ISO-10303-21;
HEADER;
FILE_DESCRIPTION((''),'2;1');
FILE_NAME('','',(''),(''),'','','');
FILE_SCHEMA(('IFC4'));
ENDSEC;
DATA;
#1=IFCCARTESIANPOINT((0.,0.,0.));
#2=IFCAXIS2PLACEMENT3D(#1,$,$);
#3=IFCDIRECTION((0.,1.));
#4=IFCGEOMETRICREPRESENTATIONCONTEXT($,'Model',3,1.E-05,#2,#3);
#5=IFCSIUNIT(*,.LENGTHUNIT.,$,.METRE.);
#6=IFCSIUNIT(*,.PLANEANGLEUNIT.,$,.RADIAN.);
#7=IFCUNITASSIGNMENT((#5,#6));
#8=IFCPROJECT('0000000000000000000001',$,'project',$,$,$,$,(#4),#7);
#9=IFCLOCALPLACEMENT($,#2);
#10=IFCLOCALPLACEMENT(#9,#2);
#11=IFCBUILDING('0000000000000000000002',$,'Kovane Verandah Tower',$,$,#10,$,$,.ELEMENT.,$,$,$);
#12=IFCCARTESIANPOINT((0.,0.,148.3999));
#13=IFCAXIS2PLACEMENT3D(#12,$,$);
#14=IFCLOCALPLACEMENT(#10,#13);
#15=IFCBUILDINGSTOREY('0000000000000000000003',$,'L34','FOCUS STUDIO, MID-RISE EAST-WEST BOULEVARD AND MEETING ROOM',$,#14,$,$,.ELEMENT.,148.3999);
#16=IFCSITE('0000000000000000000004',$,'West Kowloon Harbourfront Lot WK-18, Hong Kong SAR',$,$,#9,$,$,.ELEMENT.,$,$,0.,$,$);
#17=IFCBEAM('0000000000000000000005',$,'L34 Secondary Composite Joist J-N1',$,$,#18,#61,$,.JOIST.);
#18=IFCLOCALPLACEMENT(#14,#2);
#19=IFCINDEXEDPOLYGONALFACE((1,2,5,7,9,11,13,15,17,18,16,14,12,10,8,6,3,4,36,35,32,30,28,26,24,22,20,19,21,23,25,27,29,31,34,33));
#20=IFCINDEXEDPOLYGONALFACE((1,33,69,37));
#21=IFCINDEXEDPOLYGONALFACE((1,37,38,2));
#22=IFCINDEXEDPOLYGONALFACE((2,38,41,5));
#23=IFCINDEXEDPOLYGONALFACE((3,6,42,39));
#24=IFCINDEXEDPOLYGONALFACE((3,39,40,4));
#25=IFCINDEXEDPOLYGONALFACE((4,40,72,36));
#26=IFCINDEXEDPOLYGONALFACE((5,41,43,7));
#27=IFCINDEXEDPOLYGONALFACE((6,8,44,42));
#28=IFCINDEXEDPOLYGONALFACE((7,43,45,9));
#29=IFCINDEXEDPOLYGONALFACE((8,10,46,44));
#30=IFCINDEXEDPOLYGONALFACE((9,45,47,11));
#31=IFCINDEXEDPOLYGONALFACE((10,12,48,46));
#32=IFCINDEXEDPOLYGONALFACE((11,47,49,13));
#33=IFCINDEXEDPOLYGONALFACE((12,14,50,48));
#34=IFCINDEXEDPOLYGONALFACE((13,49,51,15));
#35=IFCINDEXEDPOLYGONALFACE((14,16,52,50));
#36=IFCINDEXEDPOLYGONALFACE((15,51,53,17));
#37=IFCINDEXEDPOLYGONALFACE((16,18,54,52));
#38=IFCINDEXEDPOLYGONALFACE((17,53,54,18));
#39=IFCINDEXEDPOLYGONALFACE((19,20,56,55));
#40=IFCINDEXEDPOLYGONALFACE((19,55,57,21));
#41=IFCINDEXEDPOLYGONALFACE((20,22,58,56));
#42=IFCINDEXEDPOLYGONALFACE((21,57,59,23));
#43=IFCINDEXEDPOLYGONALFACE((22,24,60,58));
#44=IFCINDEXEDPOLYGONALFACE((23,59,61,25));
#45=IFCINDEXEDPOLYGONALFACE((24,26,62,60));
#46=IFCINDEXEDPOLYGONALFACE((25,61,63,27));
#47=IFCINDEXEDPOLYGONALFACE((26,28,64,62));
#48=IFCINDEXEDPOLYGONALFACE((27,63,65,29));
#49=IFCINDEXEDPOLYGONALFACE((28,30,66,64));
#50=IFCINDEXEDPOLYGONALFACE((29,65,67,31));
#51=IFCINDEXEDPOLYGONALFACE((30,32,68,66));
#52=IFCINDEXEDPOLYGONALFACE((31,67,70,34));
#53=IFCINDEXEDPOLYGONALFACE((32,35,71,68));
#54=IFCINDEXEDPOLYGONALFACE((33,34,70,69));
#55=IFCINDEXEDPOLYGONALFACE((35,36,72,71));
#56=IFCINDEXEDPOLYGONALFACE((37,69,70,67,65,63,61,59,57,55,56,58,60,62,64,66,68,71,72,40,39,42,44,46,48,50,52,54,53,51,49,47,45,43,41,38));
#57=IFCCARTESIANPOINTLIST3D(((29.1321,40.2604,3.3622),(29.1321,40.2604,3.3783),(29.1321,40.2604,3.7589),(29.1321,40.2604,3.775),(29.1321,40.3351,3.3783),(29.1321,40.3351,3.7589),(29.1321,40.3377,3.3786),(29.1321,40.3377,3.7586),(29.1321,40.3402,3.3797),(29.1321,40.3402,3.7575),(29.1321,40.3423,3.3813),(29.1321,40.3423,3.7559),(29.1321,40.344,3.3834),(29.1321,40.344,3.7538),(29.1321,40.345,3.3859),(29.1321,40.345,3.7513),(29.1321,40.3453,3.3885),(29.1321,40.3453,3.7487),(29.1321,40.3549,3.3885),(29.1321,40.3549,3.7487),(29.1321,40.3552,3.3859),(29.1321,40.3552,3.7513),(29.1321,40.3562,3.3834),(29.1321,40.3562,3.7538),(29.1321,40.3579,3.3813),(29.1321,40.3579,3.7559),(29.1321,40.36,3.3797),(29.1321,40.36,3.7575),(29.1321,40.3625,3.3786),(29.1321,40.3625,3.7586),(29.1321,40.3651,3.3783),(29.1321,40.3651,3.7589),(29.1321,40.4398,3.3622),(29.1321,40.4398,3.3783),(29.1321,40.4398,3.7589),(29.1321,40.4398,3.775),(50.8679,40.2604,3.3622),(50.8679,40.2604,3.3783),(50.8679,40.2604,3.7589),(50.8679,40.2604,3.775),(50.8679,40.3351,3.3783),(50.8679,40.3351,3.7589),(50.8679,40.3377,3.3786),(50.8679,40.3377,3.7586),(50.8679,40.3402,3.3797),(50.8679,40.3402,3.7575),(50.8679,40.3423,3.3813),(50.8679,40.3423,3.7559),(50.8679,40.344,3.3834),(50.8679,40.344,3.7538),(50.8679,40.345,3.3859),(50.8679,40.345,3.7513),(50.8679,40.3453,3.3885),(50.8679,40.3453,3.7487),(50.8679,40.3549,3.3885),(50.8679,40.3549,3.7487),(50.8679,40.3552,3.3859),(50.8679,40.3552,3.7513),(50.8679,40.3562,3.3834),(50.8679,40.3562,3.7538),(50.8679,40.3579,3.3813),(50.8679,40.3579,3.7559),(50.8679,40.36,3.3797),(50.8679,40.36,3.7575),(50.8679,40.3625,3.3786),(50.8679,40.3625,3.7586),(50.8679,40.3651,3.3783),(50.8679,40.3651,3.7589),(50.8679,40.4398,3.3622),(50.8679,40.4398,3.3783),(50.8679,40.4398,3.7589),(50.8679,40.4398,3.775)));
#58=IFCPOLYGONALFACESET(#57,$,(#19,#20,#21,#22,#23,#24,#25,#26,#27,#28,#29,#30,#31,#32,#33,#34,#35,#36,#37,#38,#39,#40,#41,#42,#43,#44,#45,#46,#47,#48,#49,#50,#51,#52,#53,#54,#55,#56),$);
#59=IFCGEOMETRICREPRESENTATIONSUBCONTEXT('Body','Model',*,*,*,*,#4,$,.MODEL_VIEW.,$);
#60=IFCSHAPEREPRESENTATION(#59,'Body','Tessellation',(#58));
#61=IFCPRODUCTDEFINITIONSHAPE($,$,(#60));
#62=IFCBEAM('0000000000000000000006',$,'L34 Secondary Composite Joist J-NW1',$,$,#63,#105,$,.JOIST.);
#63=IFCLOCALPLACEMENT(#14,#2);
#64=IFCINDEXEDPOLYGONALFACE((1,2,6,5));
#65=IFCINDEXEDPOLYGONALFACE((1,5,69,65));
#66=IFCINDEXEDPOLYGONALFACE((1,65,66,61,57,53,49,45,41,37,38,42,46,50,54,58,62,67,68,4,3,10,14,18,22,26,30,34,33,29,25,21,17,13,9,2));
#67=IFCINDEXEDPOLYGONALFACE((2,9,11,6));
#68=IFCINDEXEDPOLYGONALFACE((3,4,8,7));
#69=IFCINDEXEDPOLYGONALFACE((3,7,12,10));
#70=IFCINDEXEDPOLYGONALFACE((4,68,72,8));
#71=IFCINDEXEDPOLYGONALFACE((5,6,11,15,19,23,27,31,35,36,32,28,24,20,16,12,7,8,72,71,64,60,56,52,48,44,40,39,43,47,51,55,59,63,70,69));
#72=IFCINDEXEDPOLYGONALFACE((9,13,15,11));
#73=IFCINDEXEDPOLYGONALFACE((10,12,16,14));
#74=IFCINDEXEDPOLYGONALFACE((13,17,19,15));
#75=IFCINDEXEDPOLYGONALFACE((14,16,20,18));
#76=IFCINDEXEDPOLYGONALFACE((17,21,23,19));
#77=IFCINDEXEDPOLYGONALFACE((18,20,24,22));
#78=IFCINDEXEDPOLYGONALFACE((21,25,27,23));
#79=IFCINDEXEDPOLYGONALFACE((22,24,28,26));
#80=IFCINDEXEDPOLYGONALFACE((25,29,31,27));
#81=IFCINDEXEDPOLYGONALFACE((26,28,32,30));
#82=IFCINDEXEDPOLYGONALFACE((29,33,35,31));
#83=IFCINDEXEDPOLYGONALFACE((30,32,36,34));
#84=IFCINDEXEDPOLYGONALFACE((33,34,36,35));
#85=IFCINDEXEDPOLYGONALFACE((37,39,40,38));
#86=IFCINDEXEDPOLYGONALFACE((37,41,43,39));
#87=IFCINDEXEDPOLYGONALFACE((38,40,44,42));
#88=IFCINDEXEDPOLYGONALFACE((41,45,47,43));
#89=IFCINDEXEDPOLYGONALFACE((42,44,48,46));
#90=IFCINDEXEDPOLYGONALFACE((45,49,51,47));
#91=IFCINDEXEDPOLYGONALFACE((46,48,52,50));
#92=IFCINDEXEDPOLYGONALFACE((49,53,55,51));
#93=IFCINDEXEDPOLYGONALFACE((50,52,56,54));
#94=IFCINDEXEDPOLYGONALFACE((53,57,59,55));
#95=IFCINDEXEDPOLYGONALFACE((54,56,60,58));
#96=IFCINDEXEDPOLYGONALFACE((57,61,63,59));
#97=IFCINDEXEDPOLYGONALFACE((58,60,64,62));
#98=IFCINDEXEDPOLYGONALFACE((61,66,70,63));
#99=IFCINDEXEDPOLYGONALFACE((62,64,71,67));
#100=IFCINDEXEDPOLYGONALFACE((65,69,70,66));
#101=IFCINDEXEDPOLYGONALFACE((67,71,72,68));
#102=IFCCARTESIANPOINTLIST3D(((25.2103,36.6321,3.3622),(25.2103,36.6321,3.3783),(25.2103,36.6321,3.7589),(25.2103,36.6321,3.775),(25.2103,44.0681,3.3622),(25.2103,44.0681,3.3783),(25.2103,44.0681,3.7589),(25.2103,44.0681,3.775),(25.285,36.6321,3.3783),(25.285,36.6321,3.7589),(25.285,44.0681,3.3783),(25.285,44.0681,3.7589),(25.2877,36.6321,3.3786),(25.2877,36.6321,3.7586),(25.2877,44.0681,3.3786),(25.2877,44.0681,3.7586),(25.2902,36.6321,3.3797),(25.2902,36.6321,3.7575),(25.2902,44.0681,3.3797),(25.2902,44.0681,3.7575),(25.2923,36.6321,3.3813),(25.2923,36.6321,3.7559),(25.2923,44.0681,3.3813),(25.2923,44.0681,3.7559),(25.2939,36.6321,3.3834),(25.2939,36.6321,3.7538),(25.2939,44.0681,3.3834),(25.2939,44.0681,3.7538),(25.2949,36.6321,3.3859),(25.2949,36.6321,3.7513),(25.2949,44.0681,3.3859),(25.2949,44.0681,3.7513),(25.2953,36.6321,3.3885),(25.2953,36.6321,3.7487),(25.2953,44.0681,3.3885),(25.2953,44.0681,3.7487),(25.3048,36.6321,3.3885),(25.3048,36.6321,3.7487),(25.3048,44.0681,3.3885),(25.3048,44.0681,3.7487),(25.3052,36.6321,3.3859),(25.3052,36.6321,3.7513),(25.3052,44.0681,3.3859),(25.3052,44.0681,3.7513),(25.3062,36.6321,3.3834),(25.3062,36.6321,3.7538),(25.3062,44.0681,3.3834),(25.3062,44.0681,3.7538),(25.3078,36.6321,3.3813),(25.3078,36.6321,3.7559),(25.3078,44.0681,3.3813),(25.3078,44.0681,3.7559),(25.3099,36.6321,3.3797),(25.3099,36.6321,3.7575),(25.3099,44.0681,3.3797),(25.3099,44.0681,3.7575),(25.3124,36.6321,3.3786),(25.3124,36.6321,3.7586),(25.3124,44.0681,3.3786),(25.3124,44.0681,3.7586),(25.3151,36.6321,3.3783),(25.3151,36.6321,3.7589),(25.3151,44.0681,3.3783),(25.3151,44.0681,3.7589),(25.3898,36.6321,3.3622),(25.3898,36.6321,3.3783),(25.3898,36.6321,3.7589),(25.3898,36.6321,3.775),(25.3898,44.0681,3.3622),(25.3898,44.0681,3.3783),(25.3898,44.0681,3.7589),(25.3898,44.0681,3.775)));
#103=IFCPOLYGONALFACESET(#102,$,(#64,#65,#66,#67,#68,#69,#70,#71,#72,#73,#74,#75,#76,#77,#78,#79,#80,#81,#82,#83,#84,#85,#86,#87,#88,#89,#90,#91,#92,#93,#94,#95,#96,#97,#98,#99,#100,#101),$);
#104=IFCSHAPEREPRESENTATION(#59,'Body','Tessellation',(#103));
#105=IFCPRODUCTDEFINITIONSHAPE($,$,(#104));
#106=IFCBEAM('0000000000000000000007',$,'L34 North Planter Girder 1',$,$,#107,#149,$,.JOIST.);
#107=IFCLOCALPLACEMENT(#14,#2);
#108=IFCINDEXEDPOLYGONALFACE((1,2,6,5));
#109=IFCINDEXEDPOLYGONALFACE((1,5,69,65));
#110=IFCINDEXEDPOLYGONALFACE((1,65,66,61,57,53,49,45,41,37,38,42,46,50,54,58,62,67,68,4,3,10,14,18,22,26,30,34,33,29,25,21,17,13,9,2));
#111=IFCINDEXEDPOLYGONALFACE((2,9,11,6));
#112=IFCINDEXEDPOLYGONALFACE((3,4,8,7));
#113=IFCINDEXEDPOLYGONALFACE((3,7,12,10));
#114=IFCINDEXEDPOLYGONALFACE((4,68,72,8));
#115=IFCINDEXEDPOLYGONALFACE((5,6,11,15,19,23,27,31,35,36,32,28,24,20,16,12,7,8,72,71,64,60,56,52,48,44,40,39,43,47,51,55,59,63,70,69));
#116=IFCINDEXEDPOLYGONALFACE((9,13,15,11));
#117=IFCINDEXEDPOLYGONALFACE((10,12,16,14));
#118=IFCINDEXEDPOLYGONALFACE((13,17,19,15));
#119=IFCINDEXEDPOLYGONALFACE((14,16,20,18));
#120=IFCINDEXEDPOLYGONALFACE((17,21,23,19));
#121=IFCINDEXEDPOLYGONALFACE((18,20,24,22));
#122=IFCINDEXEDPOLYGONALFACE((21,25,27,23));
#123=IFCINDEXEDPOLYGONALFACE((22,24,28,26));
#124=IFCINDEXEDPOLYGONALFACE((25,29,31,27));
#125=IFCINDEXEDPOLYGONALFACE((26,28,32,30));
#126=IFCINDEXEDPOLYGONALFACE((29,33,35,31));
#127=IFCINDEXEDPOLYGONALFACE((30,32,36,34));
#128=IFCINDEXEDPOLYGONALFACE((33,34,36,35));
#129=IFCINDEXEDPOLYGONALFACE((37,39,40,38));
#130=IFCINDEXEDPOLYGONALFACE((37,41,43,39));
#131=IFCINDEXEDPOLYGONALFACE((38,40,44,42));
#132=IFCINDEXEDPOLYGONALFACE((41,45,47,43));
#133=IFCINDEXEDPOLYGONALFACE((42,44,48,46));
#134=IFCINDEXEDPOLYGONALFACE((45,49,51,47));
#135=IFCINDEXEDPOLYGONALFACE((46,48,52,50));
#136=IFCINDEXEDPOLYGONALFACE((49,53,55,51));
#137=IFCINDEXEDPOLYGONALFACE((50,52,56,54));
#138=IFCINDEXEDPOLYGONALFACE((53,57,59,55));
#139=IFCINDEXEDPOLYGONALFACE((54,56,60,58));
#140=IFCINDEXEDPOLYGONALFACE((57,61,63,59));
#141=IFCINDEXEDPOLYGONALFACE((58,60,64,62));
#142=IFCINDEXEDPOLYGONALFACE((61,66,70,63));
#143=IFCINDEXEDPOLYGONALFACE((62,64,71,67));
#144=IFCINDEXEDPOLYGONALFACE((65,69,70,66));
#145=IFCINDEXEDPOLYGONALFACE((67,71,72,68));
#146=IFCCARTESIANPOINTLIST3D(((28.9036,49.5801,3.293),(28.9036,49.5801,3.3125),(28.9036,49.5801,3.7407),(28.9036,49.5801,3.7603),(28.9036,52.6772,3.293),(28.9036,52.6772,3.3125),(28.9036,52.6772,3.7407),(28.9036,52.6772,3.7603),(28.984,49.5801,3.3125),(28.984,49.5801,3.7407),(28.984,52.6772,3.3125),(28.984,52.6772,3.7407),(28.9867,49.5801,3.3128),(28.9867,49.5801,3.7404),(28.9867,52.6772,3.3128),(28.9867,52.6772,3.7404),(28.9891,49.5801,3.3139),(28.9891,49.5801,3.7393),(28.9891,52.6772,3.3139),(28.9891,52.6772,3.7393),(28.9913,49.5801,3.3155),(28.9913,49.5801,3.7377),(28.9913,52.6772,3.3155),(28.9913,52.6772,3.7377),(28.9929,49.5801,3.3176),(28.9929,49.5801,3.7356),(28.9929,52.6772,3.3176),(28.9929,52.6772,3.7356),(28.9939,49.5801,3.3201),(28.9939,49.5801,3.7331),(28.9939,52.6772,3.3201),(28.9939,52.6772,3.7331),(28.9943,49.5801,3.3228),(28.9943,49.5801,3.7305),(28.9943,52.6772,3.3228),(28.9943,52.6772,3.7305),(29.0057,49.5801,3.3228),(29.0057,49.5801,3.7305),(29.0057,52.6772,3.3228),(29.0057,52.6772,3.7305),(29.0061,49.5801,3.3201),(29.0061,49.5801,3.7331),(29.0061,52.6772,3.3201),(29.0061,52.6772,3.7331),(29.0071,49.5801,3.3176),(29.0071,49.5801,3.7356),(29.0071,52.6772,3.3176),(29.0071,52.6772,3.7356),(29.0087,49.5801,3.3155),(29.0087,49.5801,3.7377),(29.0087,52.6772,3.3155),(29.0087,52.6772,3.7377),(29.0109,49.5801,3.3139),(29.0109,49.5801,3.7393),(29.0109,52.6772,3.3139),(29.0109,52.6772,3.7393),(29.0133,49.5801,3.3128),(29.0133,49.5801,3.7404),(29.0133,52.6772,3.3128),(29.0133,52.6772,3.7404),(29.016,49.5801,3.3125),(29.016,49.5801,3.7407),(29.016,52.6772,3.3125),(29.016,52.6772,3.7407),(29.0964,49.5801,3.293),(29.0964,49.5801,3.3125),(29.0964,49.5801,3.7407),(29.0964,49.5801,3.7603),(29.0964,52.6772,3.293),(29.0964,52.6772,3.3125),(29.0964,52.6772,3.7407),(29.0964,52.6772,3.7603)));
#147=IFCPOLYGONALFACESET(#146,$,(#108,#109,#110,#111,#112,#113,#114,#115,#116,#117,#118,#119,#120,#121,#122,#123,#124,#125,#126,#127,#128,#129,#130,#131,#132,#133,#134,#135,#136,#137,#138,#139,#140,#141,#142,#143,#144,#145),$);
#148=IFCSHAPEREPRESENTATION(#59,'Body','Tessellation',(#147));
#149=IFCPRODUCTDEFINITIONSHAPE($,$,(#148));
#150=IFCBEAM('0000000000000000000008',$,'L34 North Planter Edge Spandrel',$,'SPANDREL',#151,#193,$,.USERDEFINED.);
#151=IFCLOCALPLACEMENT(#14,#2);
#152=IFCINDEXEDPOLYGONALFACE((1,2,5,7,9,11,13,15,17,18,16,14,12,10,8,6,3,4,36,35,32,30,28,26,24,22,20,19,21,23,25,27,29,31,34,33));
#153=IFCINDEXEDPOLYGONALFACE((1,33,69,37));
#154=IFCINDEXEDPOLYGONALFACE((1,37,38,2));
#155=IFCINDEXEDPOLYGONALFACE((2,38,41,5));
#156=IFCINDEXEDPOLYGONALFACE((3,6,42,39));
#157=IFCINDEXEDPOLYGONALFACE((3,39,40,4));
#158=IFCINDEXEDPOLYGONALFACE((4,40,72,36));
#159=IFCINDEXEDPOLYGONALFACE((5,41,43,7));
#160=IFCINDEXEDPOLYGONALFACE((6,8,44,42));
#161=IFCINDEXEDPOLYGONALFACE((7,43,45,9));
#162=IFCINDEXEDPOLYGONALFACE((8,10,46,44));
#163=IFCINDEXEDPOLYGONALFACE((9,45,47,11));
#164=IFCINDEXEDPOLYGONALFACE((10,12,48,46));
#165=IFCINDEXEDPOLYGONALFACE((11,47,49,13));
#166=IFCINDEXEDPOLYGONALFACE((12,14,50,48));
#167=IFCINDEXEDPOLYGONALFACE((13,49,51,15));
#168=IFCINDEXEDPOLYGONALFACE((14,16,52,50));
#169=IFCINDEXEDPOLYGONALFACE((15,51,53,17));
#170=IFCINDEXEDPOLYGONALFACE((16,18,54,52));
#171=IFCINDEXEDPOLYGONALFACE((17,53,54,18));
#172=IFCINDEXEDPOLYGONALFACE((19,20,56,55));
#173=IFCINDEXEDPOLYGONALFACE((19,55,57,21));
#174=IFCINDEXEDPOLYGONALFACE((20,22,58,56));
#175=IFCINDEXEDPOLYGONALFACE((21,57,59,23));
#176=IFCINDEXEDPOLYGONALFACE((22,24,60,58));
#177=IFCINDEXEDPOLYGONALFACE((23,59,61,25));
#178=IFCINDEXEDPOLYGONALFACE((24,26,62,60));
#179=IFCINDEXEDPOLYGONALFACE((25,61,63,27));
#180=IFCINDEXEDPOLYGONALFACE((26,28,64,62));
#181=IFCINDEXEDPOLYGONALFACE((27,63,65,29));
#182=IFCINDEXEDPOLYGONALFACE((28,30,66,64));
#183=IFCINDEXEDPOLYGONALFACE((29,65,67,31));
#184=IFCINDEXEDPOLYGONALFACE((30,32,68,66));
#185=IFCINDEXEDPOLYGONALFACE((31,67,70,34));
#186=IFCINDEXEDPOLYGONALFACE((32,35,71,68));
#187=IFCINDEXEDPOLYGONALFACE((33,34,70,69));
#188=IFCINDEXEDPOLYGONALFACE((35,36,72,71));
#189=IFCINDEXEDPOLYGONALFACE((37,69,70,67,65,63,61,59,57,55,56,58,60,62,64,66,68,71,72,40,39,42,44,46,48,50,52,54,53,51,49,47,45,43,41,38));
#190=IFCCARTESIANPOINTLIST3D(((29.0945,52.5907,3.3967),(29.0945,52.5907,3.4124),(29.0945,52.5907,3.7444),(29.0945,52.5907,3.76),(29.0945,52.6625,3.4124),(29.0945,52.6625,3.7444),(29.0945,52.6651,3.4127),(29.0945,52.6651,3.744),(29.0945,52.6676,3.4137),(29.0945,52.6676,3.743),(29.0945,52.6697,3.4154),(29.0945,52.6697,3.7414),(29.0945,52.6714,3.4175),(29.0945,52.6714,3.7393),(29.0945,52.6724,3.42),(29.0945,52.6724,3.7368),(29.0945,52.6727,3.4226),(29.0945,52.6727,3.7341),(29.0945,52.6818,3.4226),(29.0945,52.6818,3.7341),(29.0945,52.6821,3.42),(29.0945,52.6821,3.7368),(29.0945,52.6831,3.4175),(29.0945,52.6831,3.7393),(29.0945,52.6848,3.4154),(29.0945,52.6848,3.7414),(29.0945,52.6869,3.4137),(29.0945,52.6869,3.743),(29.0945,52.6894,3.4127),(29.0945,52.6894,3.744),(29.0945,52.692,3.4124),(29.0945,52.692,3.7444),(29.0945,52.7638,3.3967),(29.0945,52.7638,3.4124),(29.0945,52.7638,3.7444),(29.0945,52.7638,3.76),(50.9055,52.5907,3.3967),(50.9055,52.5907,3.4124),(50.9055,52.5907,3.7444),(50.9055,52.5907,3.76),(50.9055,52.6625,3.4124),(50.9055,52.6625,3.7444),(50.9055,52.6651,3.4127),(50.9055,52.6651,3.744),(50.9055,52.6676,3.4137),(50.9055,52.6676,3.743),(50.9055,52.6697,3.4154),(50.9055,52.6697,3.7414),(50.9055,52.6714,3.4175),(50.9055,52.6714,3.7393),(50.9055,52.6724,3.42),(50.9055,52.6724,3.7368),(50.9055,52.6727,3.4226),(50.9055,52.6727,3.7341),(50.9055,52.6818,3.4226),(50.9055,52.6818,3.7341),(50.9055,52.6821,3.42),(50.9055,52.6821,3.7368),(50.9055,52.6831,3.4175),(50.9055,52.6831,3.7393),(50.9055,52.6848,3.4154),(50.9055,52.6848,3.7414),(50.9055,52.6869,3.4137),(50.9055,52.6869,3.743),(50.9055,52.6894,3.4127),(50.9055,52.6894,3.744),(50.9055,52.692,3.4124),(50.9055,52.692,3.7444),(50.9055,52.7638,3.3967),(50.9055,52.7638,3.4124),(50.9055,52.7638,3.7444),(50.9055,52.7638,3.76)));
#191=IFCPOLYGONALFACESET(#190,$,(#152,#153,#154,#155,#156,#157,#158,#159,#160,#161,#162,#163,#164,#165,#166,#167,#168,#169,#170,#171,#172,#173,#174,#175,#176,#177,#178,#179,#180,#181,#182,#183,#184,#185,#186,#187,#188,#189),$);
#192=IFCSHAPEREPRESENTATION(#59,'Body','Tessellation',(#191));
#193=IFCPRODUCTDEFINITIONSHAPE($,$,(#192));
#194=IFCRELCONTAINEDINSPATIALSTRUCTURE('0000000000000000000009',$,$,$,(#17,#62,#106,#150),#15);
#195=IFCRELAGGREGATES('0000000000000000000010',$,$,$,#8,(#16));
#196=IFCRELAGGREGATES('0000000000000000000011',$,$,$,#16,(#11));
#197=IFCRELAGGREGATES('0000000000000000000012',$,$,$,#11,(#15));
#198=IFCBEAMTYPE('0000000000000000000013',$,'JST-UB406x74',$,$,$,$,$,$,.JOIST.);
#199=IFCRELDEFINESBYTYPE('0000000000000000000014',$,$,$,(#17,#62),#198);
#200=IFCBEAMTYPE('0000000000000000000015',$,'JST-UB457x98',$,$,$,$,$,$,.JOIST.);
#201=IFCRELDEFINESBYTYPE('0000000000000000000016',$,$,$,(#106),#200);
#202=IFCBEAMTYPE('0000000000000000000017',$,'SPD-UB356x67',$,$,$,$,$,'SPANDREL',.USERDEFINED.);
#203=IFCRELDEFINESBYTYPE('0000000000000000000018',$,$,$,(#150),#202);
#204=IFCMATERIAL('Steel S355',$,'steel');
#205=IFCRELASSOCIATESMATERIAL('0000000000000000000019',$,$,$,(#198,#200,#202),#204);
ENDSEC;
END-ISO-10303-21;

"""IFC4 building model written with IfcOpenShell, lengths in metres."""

from ifc_helpers import new_model, si_unit, direction, frame, origin, origin_2d, place, context, subcontext, project, spatial, i_section, extrude, material, material_profile, profile_set, type_object, element, save


model = new_model("IFC4")

# Units and contexts
model_context = context("Model", 3, precision=1e-05, world=origin(), true_north=direction((0.0, 1.0)))
body_context = subcontext(model_context, "Body", "Model", "MODEL_VIEW")
ifc_project = project(units=[si_unit("LENGTHUNIT", "METRE"), si_unit("PLANEANGLEUNIT", "RADIAN")], contexts=[model_context])

# Site, building, storey
site_placement = place(None, origin())
site = spatial("IfcSite", under=ifc_project, at=site_placement, Name="West Kowloon Harbourfront Lot WK-18, Hong Kong SAR", CompositionType="ELEMENT", RefElevation=0.0)
building_placement = place(site_placement, origin())
building = spatial("IfcBuilding", under=site, at=building_placement, Name="Kovane Verandah Tower", CompositionType="ELEMENT")
storey_placement = place(building_placement, frame((0.0, 0.0, 148.3999)))
storey = spatial("IfcBuildingStorey", under=building, at=storey_placement, Name="L34", Description="FOCUS STUDIO, MID-RISE EAST-WEST BOULEVARD AND MEETING ROOM", CompositionType="ELEMENT", Elevation=148.3999)

# Beams
ifc_material_1 = material(Name="Steel S355", Category="steel")
ifc_material_profile_1 = material_profile(ifc_material_1, i_section(OverallWidth=0.1794, OverallDepth=0.4128, WebThickness=0.0095, FlangeThickness=0.0161, FilletRadius=0.0103, at=origin_2d()), Name="UB406x178x74")
ifc_profile_set_1 = profile_set([ifc_material_profile_1], Name="Steel S355")
beam_type_1 = type_object("IfcBeamType", Name="JST-UB406x74", PredefinedType="JOIST", material=ifc_profile_set_1)
beam_1_placement = place(storey_placement, frame((29.1321, 40.3501, 3.5686), z_axis=(1.0, 0.0, 0.0), x_axis=(0.0, 1.0, 0.0)))
element("IfcBeam", 1, at=beam_1_placement, inside=storey, type_object=beam_type_1, Name="L34 Secondary Composite Joist J-N1", PredefinedType="JOIST", context=body_context, shape_type="SweptSolid", body=[
    extrude(i_section(OverallWidth=0.1794, OverallDepth=0.4128, WebThickness=0.0095, FlangeThickness=0.0161, FilletRadius=0.0103, at=origin_2d()), origin(), (0.0, 0.0, 1.0), 21.7358),
])
beam_2_placement = place(storey_placement, frame((25.3, 36.6321, 3.5686), z_axis=(0.0, 1.0, 0.0), x_axis=(-1.0, 0.0, 0.0)))
element("IfcBeam", 2, at=beam_2_placement, inside=storey, type_object=beam_type_1, Name="L34 Secondary Composite Joist J-NW1", PredefinedType="JOIST", context=body_context, shape_type="SweptSolid", body=[
    extrude(i_section(OverallWidth=0.1794, OverallDepth=0.4128, WebThickness=0.0095, FlangeThickness=0.0161, FilletRadius=0.0103, at=origin_2d()), origin(), (0.0, 0.0, 1.0), 7.436),
])
ifc_material_profile_2 = material_profile(ifc_material_1, i_section(OverallWidth=0.1929, OverallDepth=0.4673, WebThickness=0.0115, FlangeThickness=0.0195, FilletRadius=0.0103, at=origin_2d()), Name="UB457x191x98")
ifc_profile_set_2 = profile_set([ifc_material_profile_2], Name="Steel S355")
beam_type_2 = type_object("IfcBeamType", Name="JST-UB457x98", PredefinedType="JOIST", material=ifc_profile_set_2)
beam_3_placement = place(storey_placement, frame((29.0, 49.5801, 3.5266), z_axis=(0.0, 1.0, 0.0), x_axis=(-1.0, 0.0, 0.0)))
element("IfcBeam", 3, at=beam_3_placement, inside=storey, type_object=beam_type_2, Name="L34 North Planter Girder 1", PredefinedType="JOIST", context=body_context, shape_type="SweptSolid", body=[
    extrude(i_section(OverallWidth=0.1929, OverallDepth=0.4673, WebThickness=0.0115, FlangeThickness=0.0195, FilletRadius=0.0103, at=origin_2d()), origin(), (0.0, 0.0, 1.0), 3.0972),
])
ifc_material_profile_3 = material_profile(ifc_material_1, i_section(OverallWidth=0.1731, OverallDepth=0.3633, WebThickness=0.009, FlangeThickness=0.0156, FilletRadius=0.0103, at=origin_2d()), Name="UB356x171x67")
ifc_profile_set_3 = profile_set([ifc_material_profile_3], Name="Steel S355")
beam_type_3 = type_object("IfcBeamType", Name="SPD-UB356x67", ElementType="SPANDREL", PredefinedType="USERDEFINED", material=ifc_profile_set_3)
beam_4_placement = place(storey_placement, frame((29.0945, 52.6772, 3.5784), z_axis=(1.0, 0.0, 0.0), x_axis=(0.0, 1.0, 0.0)))
element("IfcBeam", 4, at=beam_4_placement, inside=storey, type_object=beam_type_3, Name="L34 North Planter Edge Spandrel", ObjectType="SPANDREL", PredefinedType="USERDEFINED", context=body_context, shape_type="SweptSolid", body=[
    extrude(i_section(OverallWidth=0.1731, OverallDepth=0.3633, WebThickness=0.009, FlangeThickness=0.0156, FilletRadius=0.0103, at=origin_2d()), origin(), (0.0, 0.0, 1.0), 21.811),
])

save(model, "model.ifc")
